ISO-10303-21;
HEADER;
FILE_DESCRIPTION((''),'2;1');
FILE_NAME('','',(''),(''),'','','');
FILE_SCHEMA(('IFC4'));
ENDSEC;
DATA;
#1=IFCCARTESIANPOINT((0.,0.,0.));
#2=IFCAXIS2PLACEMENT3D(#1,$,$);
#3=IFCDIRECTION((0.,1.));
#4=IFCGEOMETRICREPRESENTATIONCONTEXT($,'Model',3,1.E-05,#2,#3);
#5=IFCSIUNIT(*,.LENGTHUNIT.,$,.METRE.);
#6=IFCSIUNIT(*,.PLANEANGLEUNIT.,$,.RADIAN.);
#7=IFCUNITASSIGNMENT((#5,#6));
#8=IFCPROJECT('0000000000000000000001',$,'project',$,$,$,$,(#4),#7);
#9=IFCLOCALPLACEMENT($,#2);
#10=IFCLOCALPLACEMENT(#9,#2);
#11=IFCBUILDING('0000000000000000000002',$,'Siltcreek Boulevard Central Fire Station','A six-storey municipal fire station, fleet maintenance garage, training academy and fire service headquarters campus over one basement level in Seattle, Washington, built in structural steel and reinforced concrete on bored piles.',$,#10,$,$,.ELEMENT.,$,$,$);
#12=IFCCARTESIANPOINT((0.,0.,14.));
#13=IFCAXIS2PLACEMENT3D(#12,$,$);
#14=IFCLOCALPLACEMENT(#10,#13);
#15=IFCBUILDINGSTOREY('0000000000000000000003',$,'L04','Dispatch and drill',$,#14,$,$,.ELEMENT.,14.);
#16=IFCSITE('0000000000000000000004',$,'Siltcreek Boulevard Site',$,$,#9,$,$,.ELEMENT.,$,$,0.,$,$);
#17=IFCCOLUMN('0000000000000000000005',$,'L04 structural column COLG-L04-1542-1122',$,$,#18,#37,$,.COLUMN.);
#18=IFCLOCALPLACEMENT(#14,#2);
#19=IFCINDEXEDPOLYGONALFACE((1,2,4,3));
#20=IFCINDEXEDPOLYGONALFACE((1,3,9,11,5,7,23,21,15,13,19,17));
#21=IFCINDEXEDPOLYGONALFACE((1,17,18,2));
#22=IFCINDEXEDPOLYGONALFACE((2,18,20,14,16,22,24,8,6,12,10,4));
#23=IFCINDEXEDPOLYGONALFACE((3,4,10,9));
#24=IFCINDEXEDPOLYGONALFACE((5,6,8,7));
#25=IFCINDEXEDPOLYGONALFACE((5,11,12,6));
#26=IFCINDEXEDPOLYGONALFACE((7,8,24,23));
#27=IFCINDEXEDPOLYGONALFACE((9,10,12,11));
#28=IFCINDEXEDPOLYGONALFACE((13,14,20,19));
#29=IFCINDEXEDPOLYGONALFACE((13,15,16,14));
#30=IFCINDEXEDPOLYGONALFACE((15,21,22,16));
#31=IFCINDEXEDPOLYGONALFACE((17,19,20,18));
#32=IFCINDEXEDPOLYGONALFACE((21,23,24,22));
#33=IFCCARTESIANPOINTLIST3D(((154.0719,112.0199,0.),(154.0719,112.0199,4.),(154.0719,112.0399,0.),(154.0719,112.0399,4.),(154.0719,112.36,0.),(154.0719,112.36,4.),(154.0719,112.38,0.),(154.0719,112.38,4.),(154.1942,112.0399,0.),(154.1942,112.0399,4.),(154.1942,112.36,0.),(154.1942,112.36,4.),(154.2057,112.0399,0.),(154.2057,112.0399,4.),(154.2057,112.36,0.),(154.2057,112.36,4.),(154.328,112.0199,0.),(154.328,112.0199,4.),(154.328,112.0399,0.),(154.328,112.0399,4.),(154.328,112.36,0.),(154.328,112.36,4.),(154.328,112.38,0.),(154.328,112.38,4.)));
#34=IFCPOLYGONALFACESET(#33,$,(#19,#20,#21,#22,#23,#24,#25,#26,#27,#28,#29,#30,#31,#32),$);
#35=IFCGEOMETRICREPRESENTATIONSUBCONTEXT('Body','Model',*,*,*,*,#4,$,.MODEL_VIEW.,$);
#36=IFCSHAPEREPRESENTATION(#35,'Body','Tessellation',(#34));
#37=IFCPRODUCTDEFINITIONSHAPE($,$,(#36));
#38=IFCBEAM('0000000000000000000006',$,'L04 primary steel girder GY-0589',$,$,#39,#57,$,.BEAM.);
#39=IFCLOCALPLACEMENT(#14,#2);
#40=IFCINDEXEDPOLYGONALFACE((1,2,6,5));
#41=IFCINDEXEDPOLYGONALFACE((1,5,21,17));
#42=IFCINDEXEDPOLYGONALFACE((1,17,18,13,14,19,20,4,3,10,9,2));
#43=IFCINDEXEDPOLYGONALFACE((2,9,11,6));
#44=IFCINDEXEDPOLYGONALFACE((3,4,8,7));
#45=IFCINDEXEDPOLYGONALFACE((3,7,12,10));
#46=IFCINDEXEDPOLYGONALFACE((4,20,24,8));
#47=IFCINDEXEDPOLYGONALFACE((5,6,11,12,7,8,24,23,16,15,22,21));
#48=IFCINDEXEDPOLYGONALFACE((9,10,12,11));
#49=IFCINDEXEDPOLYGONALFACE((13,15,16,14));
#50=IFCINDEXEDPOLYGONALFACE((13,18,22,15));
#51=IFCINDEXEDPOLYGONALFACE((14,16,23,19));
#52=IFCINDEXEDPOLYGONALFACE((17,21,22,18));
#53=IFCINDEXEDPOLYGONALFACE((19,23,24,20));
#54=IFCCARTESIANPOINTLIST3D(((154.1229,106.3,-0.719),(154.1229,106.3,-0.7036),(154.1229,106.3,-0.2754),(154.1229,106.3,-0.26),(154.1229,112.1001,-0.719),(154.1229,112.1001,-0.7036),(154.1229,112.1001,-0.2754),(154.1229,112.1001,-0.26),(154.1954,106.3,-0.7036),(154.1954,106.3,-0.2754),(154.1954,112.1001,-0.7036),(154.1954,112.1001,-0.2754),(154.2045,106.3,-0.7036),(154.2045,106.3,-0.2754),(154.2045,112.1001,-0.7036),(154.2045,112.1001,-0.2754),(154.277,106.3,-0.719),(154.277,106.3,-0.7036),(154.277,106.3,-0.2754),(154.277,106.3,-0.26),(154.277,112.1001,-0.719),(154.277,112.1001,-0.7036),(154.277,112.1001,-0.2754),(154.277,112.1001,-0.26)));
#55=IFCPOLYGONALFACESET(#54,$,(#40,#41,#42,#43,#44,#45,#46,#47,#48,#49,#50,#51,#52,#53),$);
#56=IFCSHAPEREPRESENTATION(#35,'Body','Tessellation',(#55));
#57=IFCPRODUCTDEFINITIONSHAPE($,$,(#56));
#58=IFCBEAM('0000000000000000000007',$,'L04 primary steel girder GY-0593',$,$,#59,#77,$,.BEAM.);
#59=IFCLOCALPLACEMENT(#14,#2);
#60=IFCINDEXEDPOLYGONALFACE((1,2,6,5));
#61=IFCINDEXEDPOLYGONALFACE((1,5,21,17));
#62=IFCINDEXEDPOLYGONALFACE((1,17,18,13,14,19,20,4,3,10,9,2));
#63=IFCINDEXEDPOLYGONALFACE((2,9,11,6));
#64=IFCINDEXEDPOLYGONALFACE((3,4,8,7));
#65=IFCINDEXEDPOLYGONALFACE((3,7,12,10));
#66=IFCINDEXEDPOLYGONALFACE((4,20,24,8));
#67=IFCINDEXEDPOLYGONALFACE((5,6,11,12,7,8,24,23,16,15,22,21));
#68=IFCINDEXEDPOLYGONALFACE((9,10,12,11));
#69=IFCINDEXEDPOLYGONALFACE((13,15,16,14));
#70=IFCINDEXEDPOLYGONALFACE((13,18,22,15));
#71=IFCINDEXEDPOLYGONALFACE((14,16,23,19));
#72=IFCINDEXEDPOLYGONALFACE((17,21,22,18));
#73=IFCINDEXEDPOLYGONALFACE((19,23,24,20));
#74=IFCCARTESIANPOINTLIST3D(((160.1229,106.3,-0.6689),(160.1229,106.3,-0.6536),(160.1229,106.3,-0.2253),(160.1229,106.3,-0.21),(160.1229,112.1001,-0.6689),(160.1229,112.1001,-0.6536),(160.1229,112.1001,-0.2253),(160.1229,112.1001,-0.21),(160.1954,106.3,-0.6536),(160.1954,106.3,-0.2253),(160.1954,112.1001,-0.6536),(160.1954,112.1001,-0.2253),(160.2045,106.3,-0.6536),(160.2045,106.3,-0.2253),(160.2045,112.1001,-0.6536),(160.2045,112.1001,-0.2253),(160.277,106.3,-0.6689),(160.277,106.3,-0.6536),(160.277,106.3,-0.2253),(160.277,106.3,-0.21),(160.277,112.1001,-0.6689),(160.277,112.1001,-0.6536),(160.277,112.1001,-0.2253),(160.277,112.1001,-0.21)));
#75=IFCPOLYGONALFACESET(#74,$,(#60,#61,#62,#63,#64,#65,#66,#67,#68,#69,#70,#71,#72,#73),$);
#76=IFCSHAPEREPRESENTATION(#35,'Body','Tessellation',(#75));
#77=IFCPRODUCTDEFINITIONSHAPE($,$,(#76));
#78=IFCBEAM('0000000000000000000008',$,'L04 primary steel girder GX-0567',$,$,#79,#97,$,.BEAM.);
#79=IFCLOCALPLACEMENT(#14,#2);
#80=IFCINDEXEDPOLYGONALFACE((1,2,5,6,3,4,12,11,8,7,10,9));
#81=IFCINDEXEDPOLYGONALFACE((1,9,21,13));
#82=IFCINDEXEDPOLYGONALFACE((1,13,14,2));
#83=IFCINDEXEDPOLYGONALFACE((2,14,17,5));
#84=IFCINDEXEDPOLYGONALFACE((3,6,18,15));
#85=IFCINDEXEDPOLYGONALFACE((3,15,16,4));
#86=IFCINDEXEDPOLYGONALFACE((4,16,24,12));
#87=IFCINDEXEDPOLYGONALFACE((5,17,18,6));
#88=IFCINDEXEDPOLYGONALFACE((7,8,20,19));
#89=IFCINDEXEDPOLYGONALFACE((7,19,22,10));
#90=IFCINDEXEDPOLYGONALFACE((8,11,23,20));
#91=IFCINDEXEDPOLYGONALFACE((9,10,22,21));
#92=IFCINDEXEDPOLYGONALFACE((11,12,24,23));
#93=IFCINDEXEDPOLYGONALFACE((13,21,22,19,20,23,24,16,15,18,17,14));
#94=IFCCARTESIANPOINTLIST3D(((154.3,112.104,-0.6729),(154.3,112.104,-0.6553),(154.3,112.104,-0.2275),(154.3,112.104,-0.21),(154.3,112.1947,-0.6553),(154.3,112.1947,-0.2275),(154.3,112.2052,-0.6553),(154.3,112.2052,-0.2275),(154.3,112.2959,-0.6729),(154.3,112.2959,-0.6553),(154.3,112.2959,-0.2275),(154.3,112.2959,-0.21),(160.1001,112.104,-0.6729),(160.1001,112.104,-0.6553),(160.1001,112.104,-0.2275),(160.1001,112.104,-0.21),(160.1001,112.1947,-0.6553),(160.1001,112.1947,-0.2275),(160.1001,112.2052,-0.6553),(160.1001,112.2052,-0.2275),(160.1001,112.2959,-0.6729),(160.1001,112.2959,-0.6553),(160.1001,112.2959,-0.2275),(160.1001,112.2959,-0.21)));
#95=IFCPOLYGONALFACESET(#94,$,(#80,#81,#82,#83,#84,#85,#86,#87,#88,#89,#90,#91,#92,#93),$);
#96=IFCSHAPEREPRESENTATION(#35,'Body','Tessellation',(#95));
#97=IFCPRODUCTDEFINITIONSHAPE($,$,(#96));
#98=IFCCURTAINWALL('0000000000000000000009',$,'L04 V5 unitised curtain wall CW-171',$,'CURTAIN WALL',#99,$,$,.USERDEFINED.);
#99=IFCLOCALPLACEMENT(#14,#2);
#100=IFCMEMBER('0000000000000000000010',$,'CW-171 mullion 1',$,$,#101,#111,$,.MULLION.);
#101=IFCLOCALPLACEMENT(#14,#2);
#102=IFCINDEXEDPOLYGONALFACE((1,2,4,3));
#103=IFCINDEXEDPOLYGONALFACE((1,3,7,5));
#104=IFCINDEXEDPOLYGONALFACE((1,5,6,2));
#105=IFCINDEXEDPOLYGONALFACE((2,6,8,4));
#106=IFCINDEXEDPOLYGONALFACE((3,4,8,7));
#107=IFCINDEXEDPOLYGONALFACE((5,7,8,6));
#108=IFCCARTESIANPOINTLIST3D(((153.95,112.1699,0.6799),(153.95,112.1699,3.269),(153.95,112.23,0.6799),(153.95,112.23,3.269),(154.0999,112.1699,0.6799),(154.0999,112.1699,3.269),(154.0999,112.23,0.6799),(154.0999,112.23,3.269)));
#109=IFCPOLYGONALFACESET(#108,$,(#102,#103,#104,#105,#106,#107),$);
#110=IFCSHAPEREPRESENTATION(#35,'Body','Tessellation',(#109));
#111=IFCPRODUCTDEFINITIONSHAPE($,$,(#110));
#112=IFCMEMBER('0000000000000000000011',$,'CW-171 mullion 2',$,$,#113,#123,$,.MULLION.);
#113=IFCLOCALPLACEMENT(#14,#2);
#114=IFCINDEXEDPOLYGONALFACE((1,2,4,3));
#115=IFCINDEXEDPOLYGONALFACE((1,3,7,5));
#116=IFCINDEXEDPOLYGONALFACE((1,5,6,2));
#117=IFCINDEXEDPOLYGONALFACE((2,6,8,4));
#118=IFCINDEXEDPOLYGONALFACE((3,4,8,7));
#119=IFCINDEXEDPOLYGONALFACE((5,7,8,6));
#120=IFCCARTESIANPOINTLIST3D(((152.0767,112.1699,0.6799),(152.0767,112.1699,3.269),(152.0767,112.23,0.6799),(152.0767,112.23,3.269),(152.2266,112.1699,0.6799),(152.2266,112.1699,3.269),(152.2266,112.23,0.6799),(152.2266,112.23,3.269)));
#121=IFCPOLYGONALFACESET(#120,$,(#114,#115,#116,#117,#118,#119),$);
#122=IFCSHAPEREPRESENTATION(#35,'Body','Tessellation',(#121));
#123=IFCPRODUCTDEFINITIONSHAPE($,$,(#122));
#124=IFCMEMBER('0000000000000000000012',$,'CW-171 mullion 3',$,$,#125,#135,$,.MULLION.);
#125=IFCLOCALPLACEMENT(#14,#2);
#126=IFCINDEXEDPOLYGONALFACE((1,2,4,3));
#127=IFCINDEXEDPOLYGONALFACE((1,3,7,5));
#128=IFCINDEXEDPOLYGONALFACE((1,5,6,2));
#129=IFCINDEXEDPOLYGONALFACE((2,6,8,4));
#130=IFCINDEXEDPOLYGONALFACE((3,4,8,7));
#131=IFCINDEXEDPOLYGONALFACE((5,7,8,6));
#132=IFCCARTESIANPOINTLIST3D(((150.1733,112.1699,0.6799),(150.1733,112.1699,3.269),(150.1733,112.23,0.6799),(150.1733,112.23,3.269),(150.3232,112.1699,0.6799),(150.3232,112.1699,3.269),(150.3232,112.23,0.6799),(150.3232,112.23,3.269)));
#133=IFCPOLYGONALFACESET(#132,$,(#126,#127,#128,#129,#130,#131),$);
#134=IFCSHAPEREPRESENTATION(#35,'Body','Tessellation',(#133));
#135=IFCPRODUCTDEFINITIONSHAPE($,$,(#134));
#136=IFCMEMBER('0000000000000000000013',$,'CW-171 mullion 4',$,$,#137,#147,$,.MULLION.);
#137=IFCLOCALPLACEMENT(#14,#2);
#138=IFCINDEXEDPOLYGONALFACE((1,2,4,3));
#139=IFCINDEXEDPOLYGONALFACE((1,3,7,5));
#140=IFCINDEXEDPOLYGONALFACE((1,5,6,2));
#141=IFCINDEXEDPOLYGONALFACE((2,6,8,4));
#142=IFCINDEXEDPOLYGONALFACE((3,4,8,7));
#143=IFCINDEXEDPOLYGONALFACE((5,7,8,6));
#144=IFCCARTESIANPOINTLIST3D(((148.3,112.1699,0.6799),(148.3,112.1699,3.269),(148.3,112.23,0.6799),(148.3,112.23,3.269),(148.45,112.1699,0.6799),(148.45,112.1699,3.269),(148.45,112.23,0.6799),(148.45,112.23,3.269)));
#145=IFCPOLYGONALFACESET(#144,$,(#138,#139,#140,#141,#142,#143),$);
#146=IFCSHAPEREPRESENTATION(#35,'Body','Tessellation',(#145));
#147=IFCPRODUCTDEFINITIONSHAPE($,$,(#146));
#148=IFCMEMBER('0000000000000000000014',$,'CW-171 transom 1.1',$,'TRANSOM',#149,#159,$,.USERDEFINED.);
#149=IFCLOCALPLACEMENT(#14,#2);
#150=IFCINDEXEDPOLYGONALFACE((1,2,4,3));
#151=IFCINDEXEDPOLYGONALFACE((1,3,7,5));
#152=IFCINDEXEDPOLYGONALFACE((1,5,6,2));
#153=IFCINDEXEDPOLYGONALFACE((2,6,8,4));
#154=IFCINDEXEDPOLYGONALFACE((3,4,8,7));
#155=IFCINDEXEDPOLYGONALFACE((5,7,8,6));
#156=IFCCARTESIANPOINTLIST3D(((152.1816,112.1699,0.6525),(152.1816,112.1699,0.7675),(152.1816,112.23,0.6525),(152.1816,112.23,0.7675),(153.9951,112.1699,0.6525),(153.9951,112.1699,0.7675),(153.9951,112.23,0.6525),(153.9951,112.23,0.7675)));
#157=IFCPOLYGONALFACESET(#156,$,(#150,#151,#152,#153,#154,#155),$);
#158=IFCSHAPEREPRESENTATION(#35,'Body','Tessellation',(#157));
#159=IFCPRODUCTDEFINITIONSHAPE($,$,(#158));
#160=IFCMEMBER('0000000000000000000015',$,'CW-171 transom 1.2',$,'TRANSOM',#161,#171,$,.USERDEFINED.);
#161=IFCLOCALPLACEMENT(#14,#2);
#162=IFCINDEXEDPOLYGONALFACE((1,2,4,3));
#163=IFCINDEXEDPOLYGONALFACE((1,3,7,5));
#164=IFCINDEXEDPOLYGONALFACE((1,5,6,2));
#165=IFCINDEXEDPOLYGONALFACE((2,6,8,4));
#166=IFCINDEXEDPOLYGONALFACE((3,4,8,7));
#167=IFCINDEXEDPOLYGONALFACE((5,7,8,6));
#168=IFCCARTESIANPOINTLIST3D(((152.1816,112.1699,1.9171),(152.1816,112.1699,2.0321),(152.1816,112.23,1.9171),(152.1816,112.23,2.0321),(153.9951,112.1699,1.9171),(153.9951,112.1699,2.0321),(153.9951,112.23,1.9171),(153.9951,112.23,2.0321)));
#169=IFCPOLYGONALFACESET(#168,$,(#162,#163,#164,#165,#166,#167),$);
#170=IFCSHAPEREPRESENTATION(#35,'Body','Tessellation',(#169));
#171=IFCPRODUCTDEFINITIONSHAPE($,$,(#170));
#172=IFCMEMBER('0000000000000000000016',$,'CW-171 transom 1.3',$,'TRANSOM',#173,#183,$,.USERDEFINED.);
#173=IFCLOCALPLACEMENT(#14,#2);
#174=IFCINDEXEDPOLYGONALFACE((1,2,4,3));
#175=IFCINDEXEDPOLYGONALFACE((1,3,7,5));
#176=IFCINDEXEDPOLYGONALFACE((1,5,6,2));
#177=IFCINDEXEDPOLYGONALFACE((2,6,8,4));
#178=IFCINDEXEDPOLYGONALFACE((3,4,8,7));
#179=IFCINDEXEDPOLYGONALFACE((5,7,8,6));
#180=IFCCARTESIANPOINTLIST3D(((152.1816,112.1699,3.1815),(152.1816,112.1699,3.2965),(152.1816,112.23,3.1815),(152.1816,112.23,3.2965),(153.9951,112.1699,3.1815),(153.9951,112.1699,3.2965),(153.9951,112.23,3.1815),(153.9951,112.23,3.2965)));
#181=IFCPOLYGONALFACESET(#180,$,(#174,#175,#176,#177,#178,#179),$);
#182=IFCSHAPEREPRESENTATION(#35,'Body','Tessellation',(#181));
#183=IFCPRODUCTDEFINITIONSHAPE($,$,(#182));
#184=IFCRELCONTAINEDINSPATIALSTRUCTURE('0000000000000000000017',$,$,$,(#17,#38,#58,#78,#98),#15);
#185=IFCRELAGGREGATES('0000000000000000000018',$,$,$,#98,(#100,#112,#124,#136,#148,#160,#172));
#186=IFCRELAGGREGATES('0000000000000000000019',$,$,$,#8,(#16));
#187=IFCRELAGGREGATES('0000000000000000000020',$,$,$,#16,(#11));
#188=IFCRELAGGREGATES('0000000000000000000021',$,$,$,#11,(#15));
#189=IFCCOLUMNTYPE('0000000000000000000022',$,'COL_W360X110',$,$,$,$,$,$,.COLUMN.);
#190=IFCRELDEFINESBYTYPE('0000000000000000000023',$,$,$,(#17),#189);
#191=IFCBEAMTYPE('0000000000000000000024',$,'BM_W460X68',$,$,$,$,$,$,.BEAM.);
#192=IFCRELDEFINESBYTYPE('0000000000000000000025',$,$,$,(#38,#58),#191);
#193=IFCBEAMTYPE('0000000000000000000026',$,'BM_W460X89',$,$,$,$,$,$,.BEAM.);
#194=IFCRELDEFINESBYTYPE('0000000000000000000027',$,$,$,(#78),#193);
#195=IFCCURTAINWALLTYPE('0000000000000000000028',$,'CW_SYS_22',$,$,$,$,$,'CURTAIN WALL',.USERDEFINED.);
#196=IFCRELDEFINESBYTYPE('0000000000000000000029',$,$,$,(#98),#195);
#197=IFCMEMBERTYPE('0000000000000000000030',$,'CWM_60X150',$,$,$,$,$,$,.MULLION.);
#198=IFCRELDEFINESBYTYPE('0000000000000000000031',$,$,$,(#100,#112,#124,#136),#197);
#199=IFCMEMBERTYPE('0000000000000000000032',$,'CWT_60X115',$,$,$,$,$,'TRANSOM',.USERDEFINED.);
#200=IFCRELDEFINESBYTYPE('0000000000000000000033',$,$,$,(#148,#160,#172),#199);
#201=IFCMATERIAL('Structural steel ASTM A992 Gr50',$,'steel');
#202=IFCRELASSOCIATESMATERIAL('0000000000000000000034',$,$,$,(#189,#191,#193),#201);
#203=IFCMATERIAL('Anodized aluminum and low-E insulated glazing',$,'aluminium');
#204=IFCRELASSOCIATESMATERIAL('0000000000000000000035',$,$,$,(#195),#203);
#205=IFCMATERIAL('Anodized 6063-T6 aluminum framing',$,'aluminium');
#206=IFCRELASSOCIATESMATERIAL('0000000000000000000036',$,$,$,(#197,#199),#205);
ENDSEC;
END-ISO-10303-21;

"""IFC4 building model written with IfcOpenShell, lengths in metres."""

from ifc_helpers import new_model, si_unit, direction, frame, origin, origin_2d, place, context, subcontext, project, spatial, rectangle, i_section, extrude, material, material_profile, profile_set, type_object, element, aggregate, save


model = new_model("IFC4")

# Units and contexts
model_context = context("Model", 3, precision=1e-05, world=origin(), true_north=direction((0.0, 1.0)))
body_context = subcontext(model_context, "Body", "Model", "MODEL_VIEW")
ifc_project = project(units=[si_unit("LENGTHUNIT", "METRE"), si_unit("PLANEANGLEUNIT", "RADIAN")], contexts=[model_context])

# Site, building, storey
site_placement = place(None, origin())
site = spatial("IfcSite", under=ifc_project, at=site_placement, Name="Siltcreek Boulevard Site", CompositionType="ELEMENT", RefElevation=0.0)
building_placement = place(site_placement, origin())
building = spatial("IfcBuilding", under=site, at=building_placement, Name="Siltcreek Boulevard Central Fire Station", Description="A six-storey municipal fire station, fleet maintenance garage, training academy and fire service headquarters campus over one basement level in Seattle, Washington, built in structural steel and reinforced concrete on bored piles.", CompositionType="ELEMENT")
storey_placement = place(building_placement, frame((0.0, 0.0, 14.0)))
storey = spatial("IfcBuildingStorey", under=building, at=storey_placement, Name="L04", Description="Dispatch and drill", CompositionType="ELEMENT", Elevation=14.0)

# Column
ifc_material_1 = material(Name="Structural steel ASTM A992 Gr50", Category="steel")
ifc_material_profile_1 = material_profile(ifc_material_1, i_section(OverallWidth=0.2561, OverallDepth=0.3601, WebThickness=0.0115, FlangeThickness=0.02, at=origin_2d()), Name="W360X110")
ifc_profile_set_1 = profile_set([ifc_material_profile_1], Name="Structural steel ASTM A992 Gr50")
column_type = type_object("IfcColumnType", Name="COL_W360X110", PredefinedType="COLUMN", material=ifc_profile_set_1)
column_placement = place(storey_placement, frame((154.2, 112.2, 0.0), z_axis=(0.0, 0.0, 1.0), x_axis=(1.0, 0.0, 0.0)))
element("IfcColumn", 1, at=column_placement, inside=storey, type_object=column_type, Name="L04 structural column COLG-L04-1542-1122", PredefinedType="COLUMN", context=body_context, shape_type="SweptSolid", body=[
    extrude(i_section(OverallWidth=0.2561, OverallDepth=0.3601, WebThickness=0.0115, FlangeThickness=0.02, at=origin_2d()), origin(), (0.0, 0.0, 1.0), 4.0),
])

# Beams
ifc_material_profile_2 = material_profile(ifc_material_1, i_section(OverallWidth=0.1541, OverallDepth=0.459, WebThickness=0.009, FlangeThickness=0.0154, at=origin_2d()), Name="W460X68")
ifc_profile_set_2 = profile_set([ifc_material_profile_2], Name="Structural steel ASTM A992 Gr50")
beam_type_1 = type_object("IfcBeamType", Name="BM_W460X68", PredefinedType="BEAM", material=ifc_profile_set_2)
for number, where, z_axis, x_axis, name in (
    (2, (154.2, 106.3, -0.4895), (0.0, 1.0, 0.0), (-1.0, 0.0, 0.0), "L04 primary steel girder GY-0589"),
    (3, (160.2, 106.3, -0.4395), (0.0, 1.0, 0.0), (-1.0, 0.0, 0.0), "L04 primary steel girder GY-0593"),
):
    element("IfcBeam", number, at=place(storey_placement, frame(where, z_axis=z_axis, x_axis=x_axis)), inside=storey, type_object=beam_type_1, Name=name, PredefinedType="BEAM", context=body_context, shape_type="SweptSolid", body=[
        extrude(i_section(OverallWidth=0.1541, OverallDepth=0.459, WebThickness=0.009, FlangeThickness=0.0154, at=origin_2d()), origin(), (0.0, 0.0, 1.0), 5.8),
    ])
ifc_material_profile_3 = material_profile(ifc_material_1, i_section(OverallWidth=0.1919, OverallDepth=0.4629, WebThickness=0.0105, FlangeThickness=0.0176, at=origin_2d()), Name="W460X89")
ifc_profile_set_3 = profile_set([ifc_material_profile_3], Name="Structural steel ASTM A992 Gr50")
beam_type_2 = type_object("IfcBeamType", Name="BM_W460X89", PredefinedType="BEAM", material=ifc_profile_set_3)
beam_placement = place(storey_placement, frame((154.3, 112.2, -0.4414), z_axis=(1.0, 0.0, 0.0), x_axis=(0.0, 1.0, 0.0)))
element("IfcBeam", 4, at=beam_placement, inside=storey, type_object=beam_type_2, Name="L04 primary steel girder GX-0567", PredefinedType="BEAM", context=body_context, shape_type="SweptSolid", body=[
    extrude(i_section(OverallWidth=0.1919, OverallDepth=0.4629, WebThickness=0.0105, FlangeThickness=0.0176, at=origin_2d()), origin(), (0.0, 0.0, 1.0), 5.8),
])

# Curtain wall, members
ifc_material_2 = material(Name="Anodized aluminum and low-E insulated glazing", Category="aluminium")
curtain_wall_type = type_object("IfcCurtainWallType", Name="CW_SYS_22", ElementType="CURTAIN WALL", PredefinedType="USERDEFINED", material=ifc_material_2)
curtain_wall_placement = place(storey_placement, origin())
curtain_wall = element("IfcCurtainWall", 5, at=curtain_wall_placement, inside=storey, type_object=curtain_wall_type, Name="L04 V5 unitised curtain wall CW-171", ObjectType="CURTAIN WALL", PredefinedType="USERDEFINED")
ifc_material_3 = material(Name="Anodized 6063-T6 aluminum framing", Category="aluminium")
ifc_material_profile_4 = material_profile(ifc_material_3, rectangle(XDim=0.0601, YDim=0.1499, at=origin_2d()), Name="MULL60X150")
ifc_profile_set_4 = profile_set([ifc_material_profile_4], Name="Anodized 6063-T6 aluminum framing")
member_type_1 = type_object("IfcMemberType", Name="CWM_60X150", PredefinedType="MULLION", material=ifc_profile_set_4)
member_1_placement = place(storey_placement, frame((154.0249, 112.2, 0.6799), z_axis=(0.0, 0.0, 1.0), x_axis=(0.0, -1.0, 0.0)))
member_1 = element("IfcMember", 6, at=member_1_placement, type_object=member_type_1, Name="CW-171 mullion 1", PredefinedType="MULLION", context=body_context, shape_type="SweptSolid", body=[
    extrude(rectangle(XDim=0.0601, YDim=0.1499, at=origin_2d()), origin(), (0.0, 0.0, 1.0), 2.5891),
])
member_2_placement = place(storey_placement, frame((152.1516, 112.2, 0.6799), z_axis=(0.0, 0.0, 1.0), x_axis=(0.0, -1.0, 0.0)))
member_2 = element("IfcMember", 7, at=member_2_placement, type_object=member_type_1, Name="CW-171 mullion 2", PredefinedType="MULLION", context=body_context, shape_type="SweptSolid", body=[
    extrude(rectangle(XDim=0.0601, YDim=0.1499, at=origin_2d()), origin(), (0.0, 0.0, 1.0), 2.5891),
])
member_3_placement = place(storey_placement, frame((150.2483, 112.2, 0.6799), z_axis=(0.0, 0.0, 1.0), x_axis=(0.0, -1.0, 0.0)))
member_3 = element("IfcMember", 8, at=member_3_placement, type_object=member_type_1, Name="CW-171 mullion 3", PredefinedType="MULLION", context=body_context, shape_type="SweptSolid", body=[
    extrude(rectangle(XDim=0.0601, YDim=0.1499, at=origin_2d()), origin(), (0.0, 0.0, 1.0), 2.5891),
])
member_4_placement = place(storey_placement, frame((148.375, 112.2, 0.6799), z_axis=(0.0, 0.0, 1.0), x_axis=(0.0, -1.0, 0.0)))
member_4 = element("IfcMember", 9, at=member_4_placement, type_object=member_type_1, Name="CW-171 mullion 4", PredefinedType="MULLION", context=body_context, shape_type="SweptSolid", body=[
    extrude(rectangle(XDim=0.0601, YDim=0.1499, at=origin_2d()), origin(), (0.0, 0.0, 1.0), 2.5891),
])
ifc_material_profile_5 = material_profile(ifc_material_3, rectangle(XDim=0.0601, YDim=0.115, at=origin_2d()), Name="TRAN60X115")
ifc_profile_set_5 = profile_set([ifc_material_profile_5], Name="Anodized 6063-T6 aluminum framing")
member_type_2 = type_object("IfcMemberType", Name="CWT_60X115", ElementType="TRANSOM", PredefinedType="USERDEFINED", material=ifc_profile_set_5)
member_5_placement = place(storey_placement, frame((153.9951, 112.2, 0.71), z_axis=(-1.0, 0.0, 0.0), x_axis=(0.0, -1.0, 0.0)))
member_5 = element("IfcMember", 10, at=member_5_placement, type_object=member_type_2, Name="CW-171 transom 1.1", ObjectType="TRANSOM", PredefinedType="USERDEFINED", context=body_context, shape_type="SweptSolid", body=[
    extrude(rectangle(XDim=0.0601, YDim=0.115, at=origin_2d()), origin(), (0.0, 0.0, 1.0), 1.8135),
])
member_6_placement = place(storey_placement, frame((153.9951, 112.2, 1.9746), z_axis=(-1.0, 0.0, 0.0), x_axis=(0.0, -1.0, 0.0)))
member_6 = element("IfcMember", 11, at=member_6_placement, type_object=member_type_2, Name="CW-171 transom 1.2", ObjectType="TRANSOM", PredefinedType="USERDEFINED", context=body_context, shape_type="SweptSolid", body=[
    extrude(rectangle(XDim=0.0601, YDim=0.115, at=origin_2d()), origin(), (0.0, 0.0, 1.0), 1.8135),
])
member_7_placement = place(storey_placement, frame((153.9951, 112.2, 3.239), z_axis=(-1.0, 0.0, 0.0), x_axis=(0.0, -1.0, 0.0)))
member_7 = element("IfcMember", 12, at=member_7_placement, type_object=member_type_2, Name="CW-171 transom 1.3", ObjectType="TRANSOM", PredefinedType="USERDEFINED", context=body_context, shape_type="SweptSolid", body=[
    extrude(rectangle(XDim=0.0601, YDim=0.115, at=origin_2d()), origin(), (0.0, 0.0, 1.0), 1.8135),
])
aggregate(curtain_wall, [member_1, member_2, member_3, member_4, member_5, member_6, member_7])

save(model, "model.ifc")
